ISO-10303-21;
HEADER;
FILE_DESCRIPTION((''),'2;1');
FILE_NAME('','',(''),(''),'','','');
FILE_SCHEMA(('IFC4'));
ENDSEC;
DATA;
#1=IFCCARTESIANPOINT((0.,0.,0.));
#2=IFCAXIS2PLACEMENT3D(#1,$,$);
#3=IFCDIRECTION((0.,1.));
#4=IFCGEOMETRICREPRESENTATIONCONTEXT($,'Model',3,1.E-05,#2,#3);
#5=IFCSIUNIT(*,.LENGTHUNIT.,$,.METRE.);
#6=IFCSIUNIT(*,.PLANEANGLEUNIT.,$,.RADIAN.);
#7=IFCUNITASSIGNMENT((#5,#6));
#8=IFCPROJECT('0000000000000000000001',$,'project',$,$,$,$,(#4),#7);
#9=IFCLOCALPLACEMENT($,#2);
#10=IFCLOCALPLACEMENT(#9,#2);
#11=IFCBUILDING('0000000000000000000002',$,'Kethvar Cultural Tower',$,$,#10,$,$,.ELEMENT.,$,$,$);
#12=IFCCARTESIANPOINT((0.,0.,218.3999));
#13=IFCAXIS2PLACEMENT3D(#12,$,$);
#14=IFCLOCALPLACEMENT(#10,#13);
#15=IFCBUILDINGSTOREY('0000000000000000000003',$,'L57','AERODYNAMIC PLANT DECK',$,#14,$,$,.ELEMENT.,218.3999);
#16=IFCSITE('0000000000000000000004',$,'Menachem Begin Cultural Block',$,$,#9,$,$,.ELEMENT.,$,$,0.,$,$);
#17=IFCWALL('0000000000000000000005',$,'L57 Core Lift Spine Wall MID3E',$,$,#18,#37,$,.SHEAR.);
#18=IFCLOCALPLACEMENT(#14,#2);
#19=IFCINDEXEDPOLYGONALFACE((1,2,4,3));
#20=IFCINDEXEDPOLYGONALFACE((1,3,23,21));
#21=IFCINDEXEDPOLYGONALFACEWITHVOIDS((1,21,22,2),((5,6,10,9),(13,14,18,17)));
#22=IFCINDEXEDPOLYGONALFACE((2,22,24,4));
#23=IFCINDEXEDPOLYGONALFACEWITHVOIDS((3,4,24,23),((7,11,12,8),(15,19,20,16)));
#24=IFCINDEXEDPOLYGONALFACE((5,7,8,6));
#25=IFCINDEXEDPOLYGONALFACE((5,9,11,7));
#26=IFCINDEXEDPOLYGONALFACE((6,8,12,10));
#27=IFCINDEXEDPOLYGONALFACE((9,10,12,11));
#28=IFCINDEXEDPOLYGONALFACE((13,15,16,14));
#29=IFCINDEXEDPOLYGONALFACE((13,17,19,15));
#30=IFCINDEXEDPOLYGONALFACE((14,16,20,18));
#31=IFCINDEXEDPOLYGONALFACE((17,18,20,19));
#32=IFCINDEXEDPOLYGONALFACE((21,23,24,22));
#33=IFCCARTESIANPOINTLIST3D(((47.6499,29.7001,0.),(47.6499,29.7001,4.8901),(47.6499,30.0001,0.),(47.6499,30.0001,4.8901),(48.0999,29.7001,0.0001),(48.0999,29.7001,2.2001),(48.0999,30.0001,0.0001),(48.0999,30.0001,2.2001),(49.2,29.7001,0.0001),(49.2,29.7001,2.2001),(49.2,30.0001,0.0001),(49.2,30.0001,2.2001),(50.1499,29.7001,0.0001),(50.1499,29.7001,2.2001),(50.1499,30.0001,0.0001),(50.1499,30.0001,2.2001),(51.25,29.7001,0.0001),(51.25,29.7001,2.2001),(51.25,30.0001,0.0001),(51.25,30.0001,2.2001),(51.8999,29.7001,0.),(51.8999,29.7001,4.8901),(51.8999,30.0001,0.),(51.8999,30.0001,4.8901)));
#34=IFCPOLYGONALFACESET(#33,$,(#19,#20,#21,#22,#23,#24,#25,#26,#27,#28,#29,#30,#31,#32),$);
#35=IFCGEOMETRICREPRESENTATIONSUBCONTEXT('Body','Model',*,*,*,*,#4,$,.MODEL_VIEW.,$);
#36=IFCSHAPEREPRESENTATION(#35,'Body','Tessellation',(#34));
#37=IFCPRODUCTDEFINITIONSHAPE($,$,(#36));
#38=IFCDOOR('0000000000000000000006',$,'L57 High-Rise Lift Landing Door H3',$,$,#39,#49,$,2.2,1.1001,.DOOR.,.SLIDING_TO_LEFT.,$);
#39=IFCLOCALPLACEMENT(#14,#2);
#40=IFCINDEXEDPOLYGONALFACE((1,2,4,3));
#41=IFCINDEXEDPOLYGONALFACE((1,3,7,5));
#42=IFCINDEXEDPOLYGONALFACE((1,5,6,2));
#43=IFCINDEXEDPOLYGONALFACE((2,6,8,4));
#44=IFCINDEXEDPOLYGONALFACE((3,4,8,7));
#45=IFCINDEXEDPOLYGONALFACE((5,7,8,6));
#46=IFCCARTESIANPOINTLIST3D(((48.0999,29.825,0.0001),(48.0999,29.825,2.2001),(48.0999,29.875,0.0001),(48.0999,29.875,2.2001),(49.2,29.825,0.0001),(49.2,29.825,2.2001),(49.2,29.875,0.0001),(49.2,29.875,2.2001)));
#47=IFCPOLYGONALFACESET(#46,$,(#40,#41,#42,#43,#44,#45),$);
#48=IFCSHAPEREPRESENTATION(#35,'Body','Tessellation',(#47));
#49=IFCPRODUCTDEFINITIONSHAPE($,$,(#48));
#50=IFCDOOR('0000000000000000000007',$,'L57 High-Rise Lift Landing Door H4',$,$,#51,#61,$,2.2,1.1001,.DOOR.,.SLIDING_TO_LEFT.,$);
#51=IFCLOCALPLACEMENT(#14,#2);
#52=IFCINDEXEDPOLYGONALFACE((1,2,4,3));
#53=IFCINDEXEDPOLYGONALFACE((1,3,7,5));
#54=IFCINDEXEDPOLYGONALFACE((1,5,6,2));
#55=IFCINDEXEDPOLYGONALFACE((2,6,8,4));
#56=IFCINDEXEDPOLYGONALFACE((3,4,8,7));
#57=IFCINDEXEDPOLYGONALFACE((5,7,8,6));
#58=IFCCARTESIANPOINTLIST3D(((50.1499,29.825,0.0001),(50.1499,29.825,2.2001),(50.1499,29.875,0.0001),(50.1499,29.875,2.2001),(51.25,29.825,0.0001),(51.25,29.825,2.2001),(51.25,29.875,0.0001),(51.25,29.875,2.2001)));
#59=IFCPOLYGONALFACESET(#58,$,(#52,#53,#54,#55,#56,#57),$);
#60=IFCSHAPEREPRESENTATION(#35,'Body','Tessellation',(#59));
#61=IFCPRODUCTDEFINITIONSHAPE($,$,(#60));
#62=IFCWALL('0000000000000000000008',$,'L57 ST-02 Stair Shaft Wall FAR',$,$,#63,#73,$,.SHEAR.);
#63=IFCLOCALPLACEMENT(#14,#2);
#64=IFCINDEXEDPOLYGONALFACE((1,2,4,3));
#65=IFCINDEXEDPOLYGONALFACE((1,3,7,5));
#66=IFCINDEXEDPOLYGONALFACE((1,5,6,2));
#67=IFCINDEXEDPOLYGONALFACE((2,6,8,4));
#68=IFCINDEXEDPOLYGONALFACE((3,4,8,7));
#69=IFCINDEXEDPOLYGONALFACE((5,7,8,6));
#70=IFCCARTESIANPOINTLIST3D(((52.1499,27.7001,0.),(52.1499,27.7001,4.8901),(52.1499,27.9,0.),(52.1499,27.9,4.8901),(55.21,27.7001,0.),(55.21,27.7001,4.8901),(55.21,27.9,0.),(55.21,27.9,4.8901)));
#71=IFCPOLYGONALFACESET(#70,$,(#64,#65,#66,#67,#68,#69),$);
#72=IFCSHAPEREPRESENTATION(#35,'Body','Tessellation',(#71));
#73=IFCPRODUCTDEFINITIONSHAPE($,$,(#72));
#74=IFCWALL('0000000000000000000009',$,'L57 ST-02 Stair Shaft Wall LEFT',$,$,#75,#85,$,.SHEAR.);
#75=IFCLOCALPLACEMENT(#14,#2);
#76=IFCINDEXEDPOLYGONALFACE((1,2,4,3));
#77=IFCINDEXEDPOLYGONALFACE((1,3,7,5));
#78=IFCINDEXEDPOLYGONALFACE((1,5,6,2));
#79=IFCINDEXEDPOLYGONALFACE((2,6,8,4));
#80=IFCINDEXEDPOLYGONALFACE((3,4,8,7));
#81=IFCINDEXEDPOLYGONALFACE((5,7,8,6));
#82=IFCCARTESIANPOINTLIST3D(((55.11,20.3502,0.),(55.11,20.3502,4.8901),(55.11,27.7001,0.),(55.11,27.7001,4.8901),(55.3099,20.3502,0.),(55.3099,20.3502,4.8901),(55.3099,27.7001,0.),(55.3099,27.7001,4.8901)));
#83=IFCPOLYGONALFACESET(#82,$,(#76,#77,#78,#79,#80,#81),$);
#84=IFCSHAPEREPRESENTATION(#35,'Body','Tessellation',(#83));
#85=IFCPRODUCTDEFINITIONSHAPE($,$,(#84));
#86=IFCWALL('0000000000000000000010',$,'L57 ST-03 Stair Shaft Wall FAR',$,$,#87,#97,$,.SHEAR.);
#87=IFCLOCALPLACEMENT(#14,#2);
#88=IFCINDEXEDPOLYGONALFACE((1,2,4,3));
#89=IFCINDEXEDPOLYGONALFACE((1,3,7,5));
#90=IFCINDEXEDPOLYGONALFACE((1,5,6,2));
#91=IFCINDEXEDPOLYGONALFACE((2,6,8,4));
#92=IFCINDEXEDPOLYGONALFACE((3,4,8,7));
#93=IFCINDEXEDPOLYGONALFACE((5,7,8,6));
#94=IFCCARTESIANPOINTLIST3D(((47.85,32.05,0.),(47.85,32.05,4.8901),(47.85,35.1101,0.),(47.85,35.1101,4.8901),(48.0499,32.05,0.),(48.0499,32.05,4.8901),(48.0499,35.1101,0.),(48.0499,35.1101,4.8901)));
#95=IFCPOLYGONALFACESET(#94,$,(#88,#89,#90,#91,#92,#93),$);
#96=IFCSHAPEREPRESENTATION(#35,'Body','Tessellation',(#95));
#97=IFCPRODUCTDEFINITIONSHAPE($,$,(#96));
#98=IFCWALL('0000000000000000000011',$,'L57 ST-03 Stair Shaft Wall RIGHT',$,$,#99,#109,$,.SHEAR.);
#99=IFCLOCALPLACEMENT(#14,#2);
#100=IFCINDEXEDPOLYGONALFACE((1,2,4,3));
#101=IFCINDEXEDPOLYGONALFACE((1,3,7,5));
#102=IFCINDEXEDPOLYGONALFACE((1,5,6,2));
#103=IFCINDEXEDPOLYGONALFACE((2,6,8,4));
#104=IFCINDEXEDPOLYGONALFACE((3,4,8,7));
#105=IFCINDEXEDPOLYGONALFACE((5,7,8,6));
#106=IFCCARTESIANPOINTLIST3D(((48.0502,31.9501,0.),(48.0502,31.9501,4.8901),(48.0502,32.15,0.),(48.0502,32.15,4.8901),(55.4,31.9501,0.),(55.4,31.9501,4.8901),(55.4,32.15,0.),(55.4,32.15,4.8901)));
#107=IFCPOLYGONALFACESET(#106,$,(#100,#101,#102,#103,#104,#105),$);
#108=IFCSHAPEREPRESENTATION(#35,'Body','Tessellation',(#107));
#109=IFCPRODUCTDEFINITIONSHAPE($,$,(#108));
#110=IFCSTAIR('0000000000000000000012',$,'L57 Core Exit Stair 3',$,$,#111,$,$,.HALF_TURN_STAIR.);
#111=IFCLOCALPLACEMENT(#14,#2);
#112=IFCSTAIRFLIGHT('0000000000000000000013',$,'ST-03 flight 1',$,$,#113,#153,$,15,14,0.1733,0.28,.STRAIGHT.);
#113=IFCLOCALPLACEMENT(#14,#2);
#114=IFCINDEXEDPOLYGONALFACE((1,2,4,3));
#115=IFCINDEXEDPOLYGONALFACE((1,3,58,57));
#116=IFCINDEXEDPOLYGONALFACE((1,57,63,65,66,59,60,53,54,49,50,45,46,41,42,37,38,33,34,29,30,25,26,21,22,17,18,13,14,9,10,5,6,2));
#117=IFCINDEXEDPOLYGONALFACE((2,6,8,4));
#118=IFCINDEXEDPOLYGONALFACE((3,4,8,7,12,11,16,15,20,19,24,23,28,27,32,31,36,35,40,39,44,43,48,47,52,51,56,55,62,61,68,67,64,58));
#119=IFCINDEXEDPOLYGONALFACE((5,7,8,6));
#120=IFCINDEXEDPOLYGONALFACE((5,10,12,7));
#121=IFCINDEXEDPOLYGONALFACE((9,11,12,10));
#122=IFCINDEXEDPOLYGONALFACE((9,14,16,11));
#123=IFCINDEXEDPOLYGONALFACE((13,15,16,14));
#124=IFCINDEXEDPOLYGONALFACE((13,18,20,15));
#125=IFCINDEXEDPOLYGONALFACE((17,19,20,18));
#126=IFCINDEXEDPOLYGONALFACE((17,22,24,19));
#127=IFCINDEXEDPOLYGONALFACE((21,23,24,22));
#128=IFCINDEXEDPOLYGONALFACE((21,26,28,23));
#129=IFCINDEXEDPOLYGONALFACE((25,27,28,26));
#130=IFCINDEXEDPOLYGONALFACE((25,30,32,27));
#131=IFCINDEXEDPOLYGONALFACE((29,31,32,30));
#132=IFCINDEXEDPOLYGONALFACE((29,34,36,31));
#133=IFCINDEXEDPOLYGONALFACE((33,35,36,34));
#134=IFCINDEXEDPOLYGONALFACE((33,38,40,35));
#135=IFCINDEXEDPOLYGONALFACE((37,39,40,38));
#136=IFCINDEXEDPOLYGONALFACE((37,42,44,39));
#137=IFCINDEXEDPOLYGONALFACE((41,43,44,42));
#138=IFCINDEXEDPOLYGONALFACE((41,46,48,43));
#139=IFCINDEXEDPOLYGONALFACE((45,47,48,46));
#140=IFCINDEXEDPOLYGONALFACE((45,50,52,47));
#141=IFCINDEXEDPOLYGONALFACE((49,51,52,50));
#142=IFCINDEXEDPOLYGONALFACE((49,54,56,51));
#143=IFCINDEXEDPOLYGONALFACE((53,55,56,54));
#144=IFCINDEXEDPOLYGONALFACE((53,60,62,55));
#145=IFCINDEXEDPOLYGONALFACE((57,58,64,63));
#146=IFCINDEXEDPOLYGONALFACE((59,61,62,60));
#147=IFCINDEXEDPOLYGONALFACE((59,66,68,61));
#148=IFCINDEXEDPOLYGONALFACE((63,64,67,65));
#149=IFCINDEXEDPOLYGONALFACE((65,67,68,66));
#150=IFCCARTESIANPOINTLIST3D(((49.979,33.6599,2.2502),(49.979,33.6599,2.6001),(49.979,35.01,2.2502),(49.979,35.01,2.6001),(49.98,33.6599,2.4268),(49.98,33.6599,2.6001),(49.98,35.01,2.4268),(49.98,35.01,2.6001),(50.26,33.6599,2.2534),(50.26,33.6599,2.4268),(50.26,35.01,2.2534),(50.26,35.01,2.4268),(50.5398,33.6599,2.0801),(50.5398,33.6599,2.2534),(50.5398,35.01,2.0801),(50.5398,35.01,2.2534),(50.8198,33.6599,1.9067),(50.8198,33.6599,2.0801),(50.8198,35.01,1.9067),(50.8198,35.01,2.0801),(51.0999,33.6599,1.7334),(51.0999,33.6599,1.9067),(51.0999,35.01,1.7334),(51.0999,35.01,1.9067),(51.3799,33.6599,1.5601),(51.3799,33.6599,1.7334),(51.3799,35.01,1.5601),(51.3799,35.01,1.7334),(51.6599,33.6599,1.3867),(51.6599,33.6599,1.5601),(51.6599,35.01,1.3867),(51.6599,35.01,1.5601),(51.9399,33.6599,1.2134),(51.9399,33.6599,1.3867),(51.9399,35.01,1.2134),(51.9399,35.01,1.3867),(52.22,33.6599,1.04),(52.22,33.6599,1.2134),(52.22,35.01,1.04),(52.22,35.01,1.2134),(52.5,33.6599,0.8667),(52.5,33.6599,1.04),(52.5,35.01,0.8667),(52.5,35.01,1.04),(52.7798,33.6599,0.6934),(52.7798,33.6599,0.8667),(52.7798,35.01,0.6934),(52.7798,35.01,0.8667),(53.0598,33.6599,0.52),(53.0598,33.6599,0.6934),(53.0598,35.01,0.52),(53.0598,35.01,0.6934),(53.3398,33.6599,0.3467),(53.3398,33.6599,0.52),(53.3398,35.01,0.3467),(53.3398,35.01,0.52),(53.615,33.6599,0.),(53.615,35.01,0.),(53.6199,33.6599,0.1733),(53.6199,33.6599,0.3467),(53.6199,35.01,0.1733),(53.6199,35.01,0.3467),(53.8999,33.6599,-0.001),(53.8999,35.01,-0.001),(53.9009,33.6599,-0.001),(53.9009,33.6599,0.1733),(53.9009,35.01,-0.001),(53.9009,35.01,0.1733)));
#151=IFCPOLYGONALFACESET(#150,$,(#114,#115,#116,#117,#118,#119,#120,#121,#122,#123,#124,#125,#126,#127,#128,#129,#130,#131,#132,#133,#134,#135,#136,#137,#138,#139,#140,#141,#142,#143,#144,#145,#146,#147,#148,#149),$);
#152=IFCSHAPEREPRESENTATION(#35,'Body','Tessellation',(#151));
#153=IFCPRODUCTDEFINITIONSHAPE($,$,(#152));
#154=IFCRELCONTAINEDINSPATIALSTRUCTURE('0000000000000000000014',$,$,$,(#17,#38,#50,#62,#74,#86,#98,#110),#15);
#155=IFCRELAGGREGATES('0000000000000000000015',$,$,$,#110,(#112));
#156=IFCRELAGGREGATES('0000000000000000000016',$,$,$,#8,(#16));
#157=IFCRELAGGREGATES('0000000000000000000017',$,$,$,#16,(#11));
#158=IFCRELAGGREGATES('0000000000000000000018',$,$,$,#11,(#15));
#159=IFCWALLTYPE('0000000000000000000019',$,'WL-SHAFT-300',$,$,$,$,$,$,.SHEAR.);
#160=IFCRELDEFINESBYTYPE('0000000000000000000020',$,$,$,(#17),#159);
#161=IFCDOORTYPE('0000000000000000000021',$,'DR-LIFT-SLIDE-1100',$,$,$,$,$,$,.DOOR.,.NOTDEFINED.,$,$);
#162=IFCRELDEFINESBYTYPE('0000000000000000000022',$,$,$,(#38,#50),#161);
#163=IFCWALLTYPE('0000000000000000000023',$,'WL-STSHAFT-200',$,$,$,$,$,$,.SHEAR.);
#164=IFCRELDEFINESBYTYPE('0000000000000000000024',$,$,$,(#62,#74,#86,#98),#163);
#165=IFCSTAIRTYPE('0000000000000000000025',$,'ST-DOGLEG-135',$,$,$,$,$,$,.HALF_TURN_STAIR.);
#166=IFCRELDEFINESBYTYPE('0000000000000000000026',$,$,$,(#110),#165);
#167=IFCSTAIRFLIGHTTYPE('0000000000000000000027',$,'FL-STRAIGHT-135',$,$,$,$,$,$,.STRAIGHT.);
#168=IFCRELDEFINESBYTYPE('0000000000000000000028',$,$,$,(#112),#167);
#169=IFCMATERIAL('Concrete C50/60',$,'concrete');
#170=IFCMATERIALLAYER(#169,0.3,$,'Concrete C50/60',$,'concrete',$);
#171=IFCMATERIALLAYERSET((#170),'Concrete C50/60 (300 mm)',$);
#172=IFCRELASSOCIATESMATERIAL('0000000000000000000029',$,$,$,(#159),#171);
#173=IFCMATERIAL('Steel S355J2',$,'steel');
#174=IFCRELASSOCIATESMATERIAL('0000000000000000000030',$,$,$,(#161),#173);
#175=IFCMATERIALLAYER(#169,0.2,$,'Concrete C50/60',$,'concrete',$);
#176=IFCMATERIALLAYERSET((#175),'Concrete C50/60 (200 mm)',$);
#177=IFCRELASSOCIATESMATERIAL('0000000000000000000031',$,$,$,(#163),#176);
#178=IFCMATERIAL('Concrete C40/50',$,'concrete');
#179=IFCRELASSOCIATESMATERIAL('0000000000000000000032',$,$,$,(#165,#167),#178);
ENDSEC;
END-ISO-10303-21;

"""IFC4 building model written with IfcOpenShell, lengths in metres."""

from ifc_helpers import new_model, si_unit, direction, frame, frame_2d, origin, place, context, subcontext, project, spatial, polyline, rectangle, outline, extrude, source, transform, mapped, material, layer, layer_set, type_object, element, fill, aggregate, save


model = new_model("IFC4")

# Units and contexts
model_context = context("Model", 3, precision=1e-05, world=origin(), true_north=direction((0.0, 1.0)))
body_context = subcontext(model_context, "Body", "Model", "MODEL_VIEW")
ifc_project = project(units=[si_unit("LENGTHUNIT", "METRE"), si_unit("PLANEANGLEUNIT", "RADIAN")], contexts=[model_context])

# Site, building, storey
site_placement = place(None, origin())
site = spatial("IfcSite", under=ifc_project, at=site_placement, Name="Menachem Begin Cultural Block", CompositionType="ELEMENT", RefElevation=0.0)
building_placement = place(site_placement, origin())
building = spatial("IfcBuilding", under=site, at=building_placement, Name="Kethvar Cultural Tower", CompositionType="ELEMENT")
storey_placement = place(building_placement, frame((0.0, 0.0, 218.3999)))
storey = spatial("IfcBuildingStorey", under=building, at=storey_placement, Name="L57", Description="AERODYNAMIC PLANT DECK", CompositionType="ELEMENT", Elevation=218.3999)

# Shared definitions
ifc_material_1 = material(Name="Steel S355J2", Category="steel")

# Shared definitions
ifc_material_2 = material(Name="Concrete C40/50", Category="concrete")

# Wall, openings, doors
ifc_material_3 = material(Name="Concrete C50/60", Category="concrete")
ifc_layer_1 = layer(ifc_material_3, 0.3, Name="Concrete C50/60", Category="concrete")
ifc_layer_set_1 = layer_set([ifc_layer_1], Name="Concrete C50/60 (300 mm)")
wall_type_1 = type_object("IfcWallType", Name="WL-SHAFT-300", PredefinedType="SHEAR", material=ifc_layer_set_1)
wall_1_placement = place(storey_placement, frame((47.6499, 29.8501, 0.0), z_axis=(0.0, 0.0, 1.0), x_axis=(1.0, 0.0, 0.0)))
wall_1 = element("IfcWall", 1, at=wall_1_placement, inside=storey, type_object=wall_type_1, Name="L57 Core Lift Spine Wall MID3E", PredefinedType="SHEAR", context=body_context, shape_type="SweptSolid", body=[
    extrude(rectangle(XDim=4.25, YDim=0.3, at=frame_2d((2.125, 0.0))), origin(), (0.0, 0.0, 1.0), 4.8901),
])
opening_1_placement = place(wall_1_placement, frame((0.45, 0.0, 0.0)))
opening_1 = element("IfcOpeningElement", 2, at=opening_1_placement, cuts=wall_1, PredefinedType="OPENING", context=body_context, shape_type="SweptSolid", body=[
    extrude(rectangle(XDim=1.1001, YDim=2.2, at=frame_2d((0.55, 1.1001))), frame((0.0, 0.1599, 0.0), z_axis=(0.0, -1.0, 0.0), x_axis=(1.0, 0.0, 0.0)), (0.0, 0.0, 1.0), 0.3201),
])
opening_2_placement = place(wall_1_placement, frame((2.5, 0.0, 0.0)))
opening_2 = element("IfcOpeningElement", 3, at=opening_2_placement, cuts=wall_1, PredefinedType="OPENING", context=body_context, shape_type="SweptSolid", body=[
    extrude(rectangle(XDim=1.1001, YDim=2.2, at=frame_2d((0.55, 1.1001))), frame((0.0, 0.1599, 0.0), z_axis=(0.0, -1.0, 0.0), x_axis=(1.0, 0.0, 0.0)), (0.0, 0.0, 1.0), 0.3201),
])
door_type = type_object("IfcDoorType", Name="DR-LIFT-SLIDE-1100", OperationType="NOTDEFINED", PredefinedType="DOOR", material=ifc_material_1)
shared_shape_1 = source(origin(), body_context, "Body", "SweptSolid", [
    extrude(rectangle(XDim=1.1001, YDim=2.2, at=frame_2d((0.55, 1.1001))), frame((0.0, 0.0249, 0.0), z_axis=(0.0, -1.0, 0.0), x_axis=(1.0, 0.0, 0.0)), (0.0, 0.0, 1.0), 0.05),
])
door_1_placement = place(opening_1_placement, origin())
door_1 = element("IfcDoor", 4, at=door_1_placement, inside=storey, type_object=door_type, Name="L57 High-Rise Lift Landing Door H3", OperationType="SLIDING_TO_LEFT", OverallHeight=2.2, OverallWidth=1.1001, PredefinedType="DOOR", context=body_context, shape_type="MappedRepresentation", body=[
    mapped(shared_shape_1, transform((0.0, 0.0, 0.0), scale=1.0)),
])
fill(opening_1, door_1)
door_2_placement = place(opening_2_placement, origin())
door_2 = element("IfcDoor", 5, at=door_2_placement, inside=storey, type_object=door_type, Name="L57 High-Rise Lift Landing Door H4", OperationType="SLIDING_TO_LEFT", OverallHeight=2.2, OverallWidth=1.1001, PredefinedType="DOOR", context=body_context, shape_type="MappedRepresentation", body=[
    mapped(shared_shape_1, transform((0.0, 0.0, 0.0), scale=1.0)),
])
fill(opening_2, door_2)

# Walls
ifc_layer_2 = layer(ifc_material_3, 0.2, Name="Concrete C50/60", Category="concrete")
ifc_layer_set_2 = layer_set([ifc_layer_2], Name="Concrete C50/60 (200 mm)")
wall_type_2 = type_object("IfcWallType", Name="WL-STSHAFT-200", PredefinedType="SHEAR", material=ifc_layer_set_2)
wall_2_placement = place(storey_placement, frame((52.1499, 27.8, 0.0), z_axis=(0.0, 0.0, 1.0), x_axis=(1.0, 0.0, 0.0)))
element("IfcWall", 6, at=wall_2_placement, inside=storey, type_object=wall_type_2, Name="L57 ST-02 Stair Shaft Wall FAR", PredefinedType="SHEAR", context=body_context, shape_type="SweptSolid", body=[
    extrude(rectangle(XDim=3.0601, YDim=0.2, at=frame_2d((1.53, 0.0))), origin(), (0.0, 0.0, 1.0), 4.8901),
])
wall_3_placement = place(storey_placement, frame((55.21, 27.7, 0.0), z_axis=(0.0, 0.0, 1.0), x_axis=(0.0, -1.0, 0.0)))
element("IfcWall", 7, at=wall_3_placement, inside=storey, type_object=wall_type_2, Name="L57 ST-02 Stair Shaft Wall LEFT", PredefinedType="SHEAR", context=body_context, shape_type="SweptSolid", body=[
    extrude(rectangle(XDim=7.3499, YDim=0.2, at=frame_2d((3.6748, 0.0))), origin(), (0.0, 0.0, 1.0), 4.8901),
])
wall_4_placement = place(storey_placement, frame((47.95, 32.05, 0.0), z_axis=(0.0, 0.0, 1.0), x_axis=(0.0, 1.0, 0.0)))
element("IfcWall", 8, at=wall_4_placement, inside=storey, type_object=wall_type_2, Name="L57 ST-03 Stair Shaft Wall FAR", PredefinedType="SHEAR", context=body_context, shape_type="SweptSolid", body=[
    extrude(rectangle(XDim=3.0601, YDim=0.2, at=frame_2d((1.53, 0.0))), origin(), (0.0, 0.0, 1.0), 4.8901),
])
wall_5_placement = place(storey_placement, frame((55.3999, 32.05, 0.0), z_axis=(0.0, 0.0, 1.0), x_axis=(-1.0, 0.0, 0.0)))
element("IfcWall", 9, at=wall_5_placement, inside=storey, type_object=wall_type_2, Name="L57 ST-03 Stair Shaft Wall RIGHT", PredefinedType="SHEAR", context=body_context, shape_type="SweptSolid", body=[
    extrude(rectangle(XDim=7.3499, YDim=0.2, at=frame_2d((3.6748, 0.0))), origin(), (0.0, 0.0, 1.0), 4.8901),
])

# Stair, stair flight
stair_type = type_object("IfcStairType", Name="ST-DOGLEG-135", PredefinedType="HALF_TURN_STAIR", material=ifc_material_2)
stair_placement = place(storey_placement, origin())
stair = element("IfcStair", 10, at=stair_placement, inside=storey, type_object=stair_type, Name="L57 Core Exit Stair 3", PredefinedType="HALF_TURN_STAIR")
stair_flight_type = type_object("IfcStairFlightType", Name="FL-STRAIGHT-135", PredefinedType="STRAIGHT", material=ifc_material_2)
stair_flight_1_placement = place(storey_placement, frame((53.8999, 34.335, 0.0), z_axis=(0.0, 0.0, 1.0), x_axis=(-1.0, 0.0, 0.0)))
stair_flight_1 = element("IfcStairFlight", 11, at=stair_flight_1_placement, type_object=stair_flight_type, Name="ST-03 flight 1", NumberOfRisers=15, NumberOfTreads=14, PredefinedType="STRAIGHT", RiserHeight=0.1733, TreadLength=0.28, context=body_context, shape_type="SweptSolid", body=[
    extrude(outline(polyline([(-0.001, -0.001), (-0.001, 0.1733), (0.28, 0.1733), (0.28, 0.3467), (0.5601, 0.3467), (0.5601, 0.52), (0.8401, 0.52), (0.8401, 0.6934), (1.1201, 0.6934), (1.1201, 0.8667), (1.3999, 0.8667), (1.3999, 1.04), (1.6799, 1.04), (1.6799, 1.2134), (1.96, 1.2134), (1.96, 1.3867), (2.24, 1.3867), (2.24, 1.5601), (2.52, 1.5601), (2.52, 1.7334), (2.8, 1.7334), (2.8, 1.9067), (3.0801, 1.9067), (3.0801, 2.0801), (3.3601, 2.0801), (3.3601, 2.2534), (3.6399, 2.2534), (3.6399, 2.4268), (3.9199, 2.4268), (3.9199, 2.6001), (3.9209, 2.6001), (3.9209, 2.2502), (0.2849, 0.0), (0.0, -0.001), (-0.001, -0.001)])), frame((0.0, 0.675, 0.0), z_axis=(0.0, -1.0, 0.0), x_axis=(1.0, 0.0, 0.0)), (0.0, 0.0, 1.0), 1.3501),
])
aggregate(stair, [stair_flight_1])

save(model, "model.ifc")
